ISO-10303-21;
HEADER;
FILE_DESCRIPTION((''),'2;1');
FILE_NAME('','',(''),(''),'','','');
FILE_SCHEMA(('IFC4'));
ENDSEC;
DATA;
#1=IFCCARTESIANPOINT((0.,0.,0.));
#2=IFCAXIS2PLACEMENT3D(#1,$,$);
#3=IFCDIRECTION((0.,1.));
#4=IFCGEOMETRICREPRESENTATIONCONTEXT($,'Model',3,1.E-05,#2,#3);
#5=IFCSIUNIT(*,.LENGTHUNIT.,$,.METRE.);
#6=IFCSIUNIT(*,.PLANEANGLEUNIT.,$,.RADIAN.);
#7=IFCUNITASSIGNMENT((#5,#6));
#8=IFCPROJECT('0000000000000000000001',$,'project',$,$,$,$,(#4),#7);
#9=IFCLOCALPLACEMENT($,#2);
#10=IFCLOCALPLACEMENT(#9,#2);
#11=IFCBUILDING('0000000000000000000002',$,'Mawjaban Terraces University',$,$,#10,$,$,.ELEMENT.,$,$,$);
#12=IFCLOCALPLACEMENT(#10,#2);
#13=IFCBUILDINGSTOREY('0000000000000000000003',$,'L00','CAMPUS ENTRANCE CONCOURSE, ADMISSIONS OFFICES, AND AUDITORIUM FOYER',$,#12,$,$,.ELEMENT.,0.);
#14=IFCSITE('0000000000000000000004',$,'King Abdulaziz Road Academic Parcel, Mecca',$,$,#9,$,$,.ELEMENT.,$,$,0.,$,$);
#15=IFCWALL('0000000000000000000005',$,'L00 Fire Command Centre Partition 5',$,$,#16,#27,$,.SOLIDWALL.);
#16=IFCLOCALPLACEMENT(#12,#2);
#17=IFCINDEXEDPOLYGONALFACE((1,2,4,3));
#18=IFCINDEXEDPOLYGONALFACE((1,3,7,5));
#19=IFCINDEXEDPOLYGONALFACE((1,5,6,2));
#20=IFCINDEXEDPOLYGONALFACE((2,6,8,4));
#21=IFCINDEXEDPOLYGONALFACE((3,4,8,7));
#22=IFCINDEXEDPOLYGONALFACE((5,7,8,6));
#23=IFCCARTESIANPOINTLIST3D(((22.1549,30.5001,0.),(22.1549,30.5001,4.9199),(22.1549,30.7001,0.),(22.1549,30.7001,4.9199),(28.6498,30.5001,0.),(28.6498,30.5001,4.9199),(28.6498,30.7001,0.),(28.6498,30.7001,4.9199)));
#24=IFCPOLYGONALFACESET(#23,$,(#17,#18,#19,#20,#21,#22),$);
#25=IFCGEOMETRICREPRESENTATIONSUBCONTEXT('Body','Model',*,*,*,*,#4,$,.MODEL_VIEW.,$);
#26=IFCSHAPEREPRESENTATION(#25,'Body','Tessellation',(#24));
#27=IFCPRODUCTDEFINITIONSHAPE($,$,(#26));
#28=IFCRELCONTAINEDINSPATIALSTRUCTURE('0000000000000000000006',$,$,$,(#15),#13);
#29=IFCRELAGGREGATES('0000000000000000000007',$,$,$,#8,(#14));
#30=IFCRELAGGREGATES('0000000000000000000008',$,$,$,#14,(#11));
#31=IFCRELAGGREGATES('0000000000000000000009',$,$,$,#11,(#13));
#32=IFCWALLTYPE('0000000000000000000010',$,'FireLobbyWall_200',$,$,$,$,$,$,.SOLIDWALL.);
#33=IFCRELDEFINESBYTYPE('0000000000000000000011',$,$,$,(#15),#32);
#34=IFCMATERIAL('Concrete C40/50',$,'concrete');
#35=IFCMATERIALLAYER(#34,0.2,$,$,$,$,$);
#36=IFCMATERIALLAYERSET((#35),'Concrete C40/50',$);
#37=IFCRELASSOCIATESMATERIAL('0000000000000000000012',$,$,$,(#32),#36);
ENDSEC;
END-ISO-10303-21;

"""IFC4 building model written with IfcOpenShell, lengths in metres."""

from ifc_helpers import new_model, si_unit, direction, frame, frame_2d, origin, place, context, subcontext, project, spatial, rectangle, extrude, material, layer, layer_set, type_object, element, save


model = new_model("IFC4")

# Units and contexts
model_context = context("Model", 3, precision=1e-05, world=origin(), true_north=direction((0.0, 1.0)))
body_context = subcontext(model_context, "Body", "Model", "MODEL_VIEW")
ifc_project = project(units=[si_unit("LENGTHUNIT", "METRE"), si_unit("PLANEANGLEUNIT", "RADIAN")], contexts=[model_context])

# Site, building, storey
site_placement = place(None, origin())
site = spatial("IfcSite", under=ifc_project, at=site_placement, Name="King Abdulaziz Road Academic Parcel, Mecca", CompositionType="ELEMENT", RefElevation=0.0)
building_placement = place(site_placement, origin())
building = spatial("IfcBuilding", under=site, at=building_placement, Name="Mawjaban Terraces University", CompositionType="ELEMENT")
storey_placement = place(building_placement, origin())
storey = spatial("IfcBuildingStorey", under=building, at=storey_placement, Name="L00", Description="CAMPUS ENTRANCE CONCOURSE, ADMISSIONS OFFICES, AND AUDITORIUM FOYER", CompositionType="ELEMENT", Elevation=0.0)

# Wall
ifc_material_1 = material(Name="Concrete C40/50", Category="concrete")
ifc_layer_1 = layer(ifc_material_1, 0.2)
ifc_layer_set_1 = layer_set([ifc_layer_1], Name="Concrete C40/50")
wall_type_1 = type_object("IfcWallType", Name="FireLobbyWall_200", PredefinedType="SOLIDWALL", material=ifc_layer_set_1)
wall_1_placement = place(storey_placement, frame((28.6499, 30.6001, 0.0), z_axis=(0.0, 0.0, 1.0), x_axis=(-1.0, 0.0, 0.0)))
element("IfcWall", 1, at=wall_1_placement, inside=storey, type_object=wall_type_1, Name="L00 Fire Command Centre Partition 5", PredefinedType="SOLIDWALL", context=body_context, shape_type="SweptSolid", body=[
    extrude(rectangle(XDim=6.4949, YDim=0.2, at=frame_2d((3.2476, 0.0))), origin(), (0.0, 0.0, 1.0), 4.9199),
])

save(model, "model.ifc")
